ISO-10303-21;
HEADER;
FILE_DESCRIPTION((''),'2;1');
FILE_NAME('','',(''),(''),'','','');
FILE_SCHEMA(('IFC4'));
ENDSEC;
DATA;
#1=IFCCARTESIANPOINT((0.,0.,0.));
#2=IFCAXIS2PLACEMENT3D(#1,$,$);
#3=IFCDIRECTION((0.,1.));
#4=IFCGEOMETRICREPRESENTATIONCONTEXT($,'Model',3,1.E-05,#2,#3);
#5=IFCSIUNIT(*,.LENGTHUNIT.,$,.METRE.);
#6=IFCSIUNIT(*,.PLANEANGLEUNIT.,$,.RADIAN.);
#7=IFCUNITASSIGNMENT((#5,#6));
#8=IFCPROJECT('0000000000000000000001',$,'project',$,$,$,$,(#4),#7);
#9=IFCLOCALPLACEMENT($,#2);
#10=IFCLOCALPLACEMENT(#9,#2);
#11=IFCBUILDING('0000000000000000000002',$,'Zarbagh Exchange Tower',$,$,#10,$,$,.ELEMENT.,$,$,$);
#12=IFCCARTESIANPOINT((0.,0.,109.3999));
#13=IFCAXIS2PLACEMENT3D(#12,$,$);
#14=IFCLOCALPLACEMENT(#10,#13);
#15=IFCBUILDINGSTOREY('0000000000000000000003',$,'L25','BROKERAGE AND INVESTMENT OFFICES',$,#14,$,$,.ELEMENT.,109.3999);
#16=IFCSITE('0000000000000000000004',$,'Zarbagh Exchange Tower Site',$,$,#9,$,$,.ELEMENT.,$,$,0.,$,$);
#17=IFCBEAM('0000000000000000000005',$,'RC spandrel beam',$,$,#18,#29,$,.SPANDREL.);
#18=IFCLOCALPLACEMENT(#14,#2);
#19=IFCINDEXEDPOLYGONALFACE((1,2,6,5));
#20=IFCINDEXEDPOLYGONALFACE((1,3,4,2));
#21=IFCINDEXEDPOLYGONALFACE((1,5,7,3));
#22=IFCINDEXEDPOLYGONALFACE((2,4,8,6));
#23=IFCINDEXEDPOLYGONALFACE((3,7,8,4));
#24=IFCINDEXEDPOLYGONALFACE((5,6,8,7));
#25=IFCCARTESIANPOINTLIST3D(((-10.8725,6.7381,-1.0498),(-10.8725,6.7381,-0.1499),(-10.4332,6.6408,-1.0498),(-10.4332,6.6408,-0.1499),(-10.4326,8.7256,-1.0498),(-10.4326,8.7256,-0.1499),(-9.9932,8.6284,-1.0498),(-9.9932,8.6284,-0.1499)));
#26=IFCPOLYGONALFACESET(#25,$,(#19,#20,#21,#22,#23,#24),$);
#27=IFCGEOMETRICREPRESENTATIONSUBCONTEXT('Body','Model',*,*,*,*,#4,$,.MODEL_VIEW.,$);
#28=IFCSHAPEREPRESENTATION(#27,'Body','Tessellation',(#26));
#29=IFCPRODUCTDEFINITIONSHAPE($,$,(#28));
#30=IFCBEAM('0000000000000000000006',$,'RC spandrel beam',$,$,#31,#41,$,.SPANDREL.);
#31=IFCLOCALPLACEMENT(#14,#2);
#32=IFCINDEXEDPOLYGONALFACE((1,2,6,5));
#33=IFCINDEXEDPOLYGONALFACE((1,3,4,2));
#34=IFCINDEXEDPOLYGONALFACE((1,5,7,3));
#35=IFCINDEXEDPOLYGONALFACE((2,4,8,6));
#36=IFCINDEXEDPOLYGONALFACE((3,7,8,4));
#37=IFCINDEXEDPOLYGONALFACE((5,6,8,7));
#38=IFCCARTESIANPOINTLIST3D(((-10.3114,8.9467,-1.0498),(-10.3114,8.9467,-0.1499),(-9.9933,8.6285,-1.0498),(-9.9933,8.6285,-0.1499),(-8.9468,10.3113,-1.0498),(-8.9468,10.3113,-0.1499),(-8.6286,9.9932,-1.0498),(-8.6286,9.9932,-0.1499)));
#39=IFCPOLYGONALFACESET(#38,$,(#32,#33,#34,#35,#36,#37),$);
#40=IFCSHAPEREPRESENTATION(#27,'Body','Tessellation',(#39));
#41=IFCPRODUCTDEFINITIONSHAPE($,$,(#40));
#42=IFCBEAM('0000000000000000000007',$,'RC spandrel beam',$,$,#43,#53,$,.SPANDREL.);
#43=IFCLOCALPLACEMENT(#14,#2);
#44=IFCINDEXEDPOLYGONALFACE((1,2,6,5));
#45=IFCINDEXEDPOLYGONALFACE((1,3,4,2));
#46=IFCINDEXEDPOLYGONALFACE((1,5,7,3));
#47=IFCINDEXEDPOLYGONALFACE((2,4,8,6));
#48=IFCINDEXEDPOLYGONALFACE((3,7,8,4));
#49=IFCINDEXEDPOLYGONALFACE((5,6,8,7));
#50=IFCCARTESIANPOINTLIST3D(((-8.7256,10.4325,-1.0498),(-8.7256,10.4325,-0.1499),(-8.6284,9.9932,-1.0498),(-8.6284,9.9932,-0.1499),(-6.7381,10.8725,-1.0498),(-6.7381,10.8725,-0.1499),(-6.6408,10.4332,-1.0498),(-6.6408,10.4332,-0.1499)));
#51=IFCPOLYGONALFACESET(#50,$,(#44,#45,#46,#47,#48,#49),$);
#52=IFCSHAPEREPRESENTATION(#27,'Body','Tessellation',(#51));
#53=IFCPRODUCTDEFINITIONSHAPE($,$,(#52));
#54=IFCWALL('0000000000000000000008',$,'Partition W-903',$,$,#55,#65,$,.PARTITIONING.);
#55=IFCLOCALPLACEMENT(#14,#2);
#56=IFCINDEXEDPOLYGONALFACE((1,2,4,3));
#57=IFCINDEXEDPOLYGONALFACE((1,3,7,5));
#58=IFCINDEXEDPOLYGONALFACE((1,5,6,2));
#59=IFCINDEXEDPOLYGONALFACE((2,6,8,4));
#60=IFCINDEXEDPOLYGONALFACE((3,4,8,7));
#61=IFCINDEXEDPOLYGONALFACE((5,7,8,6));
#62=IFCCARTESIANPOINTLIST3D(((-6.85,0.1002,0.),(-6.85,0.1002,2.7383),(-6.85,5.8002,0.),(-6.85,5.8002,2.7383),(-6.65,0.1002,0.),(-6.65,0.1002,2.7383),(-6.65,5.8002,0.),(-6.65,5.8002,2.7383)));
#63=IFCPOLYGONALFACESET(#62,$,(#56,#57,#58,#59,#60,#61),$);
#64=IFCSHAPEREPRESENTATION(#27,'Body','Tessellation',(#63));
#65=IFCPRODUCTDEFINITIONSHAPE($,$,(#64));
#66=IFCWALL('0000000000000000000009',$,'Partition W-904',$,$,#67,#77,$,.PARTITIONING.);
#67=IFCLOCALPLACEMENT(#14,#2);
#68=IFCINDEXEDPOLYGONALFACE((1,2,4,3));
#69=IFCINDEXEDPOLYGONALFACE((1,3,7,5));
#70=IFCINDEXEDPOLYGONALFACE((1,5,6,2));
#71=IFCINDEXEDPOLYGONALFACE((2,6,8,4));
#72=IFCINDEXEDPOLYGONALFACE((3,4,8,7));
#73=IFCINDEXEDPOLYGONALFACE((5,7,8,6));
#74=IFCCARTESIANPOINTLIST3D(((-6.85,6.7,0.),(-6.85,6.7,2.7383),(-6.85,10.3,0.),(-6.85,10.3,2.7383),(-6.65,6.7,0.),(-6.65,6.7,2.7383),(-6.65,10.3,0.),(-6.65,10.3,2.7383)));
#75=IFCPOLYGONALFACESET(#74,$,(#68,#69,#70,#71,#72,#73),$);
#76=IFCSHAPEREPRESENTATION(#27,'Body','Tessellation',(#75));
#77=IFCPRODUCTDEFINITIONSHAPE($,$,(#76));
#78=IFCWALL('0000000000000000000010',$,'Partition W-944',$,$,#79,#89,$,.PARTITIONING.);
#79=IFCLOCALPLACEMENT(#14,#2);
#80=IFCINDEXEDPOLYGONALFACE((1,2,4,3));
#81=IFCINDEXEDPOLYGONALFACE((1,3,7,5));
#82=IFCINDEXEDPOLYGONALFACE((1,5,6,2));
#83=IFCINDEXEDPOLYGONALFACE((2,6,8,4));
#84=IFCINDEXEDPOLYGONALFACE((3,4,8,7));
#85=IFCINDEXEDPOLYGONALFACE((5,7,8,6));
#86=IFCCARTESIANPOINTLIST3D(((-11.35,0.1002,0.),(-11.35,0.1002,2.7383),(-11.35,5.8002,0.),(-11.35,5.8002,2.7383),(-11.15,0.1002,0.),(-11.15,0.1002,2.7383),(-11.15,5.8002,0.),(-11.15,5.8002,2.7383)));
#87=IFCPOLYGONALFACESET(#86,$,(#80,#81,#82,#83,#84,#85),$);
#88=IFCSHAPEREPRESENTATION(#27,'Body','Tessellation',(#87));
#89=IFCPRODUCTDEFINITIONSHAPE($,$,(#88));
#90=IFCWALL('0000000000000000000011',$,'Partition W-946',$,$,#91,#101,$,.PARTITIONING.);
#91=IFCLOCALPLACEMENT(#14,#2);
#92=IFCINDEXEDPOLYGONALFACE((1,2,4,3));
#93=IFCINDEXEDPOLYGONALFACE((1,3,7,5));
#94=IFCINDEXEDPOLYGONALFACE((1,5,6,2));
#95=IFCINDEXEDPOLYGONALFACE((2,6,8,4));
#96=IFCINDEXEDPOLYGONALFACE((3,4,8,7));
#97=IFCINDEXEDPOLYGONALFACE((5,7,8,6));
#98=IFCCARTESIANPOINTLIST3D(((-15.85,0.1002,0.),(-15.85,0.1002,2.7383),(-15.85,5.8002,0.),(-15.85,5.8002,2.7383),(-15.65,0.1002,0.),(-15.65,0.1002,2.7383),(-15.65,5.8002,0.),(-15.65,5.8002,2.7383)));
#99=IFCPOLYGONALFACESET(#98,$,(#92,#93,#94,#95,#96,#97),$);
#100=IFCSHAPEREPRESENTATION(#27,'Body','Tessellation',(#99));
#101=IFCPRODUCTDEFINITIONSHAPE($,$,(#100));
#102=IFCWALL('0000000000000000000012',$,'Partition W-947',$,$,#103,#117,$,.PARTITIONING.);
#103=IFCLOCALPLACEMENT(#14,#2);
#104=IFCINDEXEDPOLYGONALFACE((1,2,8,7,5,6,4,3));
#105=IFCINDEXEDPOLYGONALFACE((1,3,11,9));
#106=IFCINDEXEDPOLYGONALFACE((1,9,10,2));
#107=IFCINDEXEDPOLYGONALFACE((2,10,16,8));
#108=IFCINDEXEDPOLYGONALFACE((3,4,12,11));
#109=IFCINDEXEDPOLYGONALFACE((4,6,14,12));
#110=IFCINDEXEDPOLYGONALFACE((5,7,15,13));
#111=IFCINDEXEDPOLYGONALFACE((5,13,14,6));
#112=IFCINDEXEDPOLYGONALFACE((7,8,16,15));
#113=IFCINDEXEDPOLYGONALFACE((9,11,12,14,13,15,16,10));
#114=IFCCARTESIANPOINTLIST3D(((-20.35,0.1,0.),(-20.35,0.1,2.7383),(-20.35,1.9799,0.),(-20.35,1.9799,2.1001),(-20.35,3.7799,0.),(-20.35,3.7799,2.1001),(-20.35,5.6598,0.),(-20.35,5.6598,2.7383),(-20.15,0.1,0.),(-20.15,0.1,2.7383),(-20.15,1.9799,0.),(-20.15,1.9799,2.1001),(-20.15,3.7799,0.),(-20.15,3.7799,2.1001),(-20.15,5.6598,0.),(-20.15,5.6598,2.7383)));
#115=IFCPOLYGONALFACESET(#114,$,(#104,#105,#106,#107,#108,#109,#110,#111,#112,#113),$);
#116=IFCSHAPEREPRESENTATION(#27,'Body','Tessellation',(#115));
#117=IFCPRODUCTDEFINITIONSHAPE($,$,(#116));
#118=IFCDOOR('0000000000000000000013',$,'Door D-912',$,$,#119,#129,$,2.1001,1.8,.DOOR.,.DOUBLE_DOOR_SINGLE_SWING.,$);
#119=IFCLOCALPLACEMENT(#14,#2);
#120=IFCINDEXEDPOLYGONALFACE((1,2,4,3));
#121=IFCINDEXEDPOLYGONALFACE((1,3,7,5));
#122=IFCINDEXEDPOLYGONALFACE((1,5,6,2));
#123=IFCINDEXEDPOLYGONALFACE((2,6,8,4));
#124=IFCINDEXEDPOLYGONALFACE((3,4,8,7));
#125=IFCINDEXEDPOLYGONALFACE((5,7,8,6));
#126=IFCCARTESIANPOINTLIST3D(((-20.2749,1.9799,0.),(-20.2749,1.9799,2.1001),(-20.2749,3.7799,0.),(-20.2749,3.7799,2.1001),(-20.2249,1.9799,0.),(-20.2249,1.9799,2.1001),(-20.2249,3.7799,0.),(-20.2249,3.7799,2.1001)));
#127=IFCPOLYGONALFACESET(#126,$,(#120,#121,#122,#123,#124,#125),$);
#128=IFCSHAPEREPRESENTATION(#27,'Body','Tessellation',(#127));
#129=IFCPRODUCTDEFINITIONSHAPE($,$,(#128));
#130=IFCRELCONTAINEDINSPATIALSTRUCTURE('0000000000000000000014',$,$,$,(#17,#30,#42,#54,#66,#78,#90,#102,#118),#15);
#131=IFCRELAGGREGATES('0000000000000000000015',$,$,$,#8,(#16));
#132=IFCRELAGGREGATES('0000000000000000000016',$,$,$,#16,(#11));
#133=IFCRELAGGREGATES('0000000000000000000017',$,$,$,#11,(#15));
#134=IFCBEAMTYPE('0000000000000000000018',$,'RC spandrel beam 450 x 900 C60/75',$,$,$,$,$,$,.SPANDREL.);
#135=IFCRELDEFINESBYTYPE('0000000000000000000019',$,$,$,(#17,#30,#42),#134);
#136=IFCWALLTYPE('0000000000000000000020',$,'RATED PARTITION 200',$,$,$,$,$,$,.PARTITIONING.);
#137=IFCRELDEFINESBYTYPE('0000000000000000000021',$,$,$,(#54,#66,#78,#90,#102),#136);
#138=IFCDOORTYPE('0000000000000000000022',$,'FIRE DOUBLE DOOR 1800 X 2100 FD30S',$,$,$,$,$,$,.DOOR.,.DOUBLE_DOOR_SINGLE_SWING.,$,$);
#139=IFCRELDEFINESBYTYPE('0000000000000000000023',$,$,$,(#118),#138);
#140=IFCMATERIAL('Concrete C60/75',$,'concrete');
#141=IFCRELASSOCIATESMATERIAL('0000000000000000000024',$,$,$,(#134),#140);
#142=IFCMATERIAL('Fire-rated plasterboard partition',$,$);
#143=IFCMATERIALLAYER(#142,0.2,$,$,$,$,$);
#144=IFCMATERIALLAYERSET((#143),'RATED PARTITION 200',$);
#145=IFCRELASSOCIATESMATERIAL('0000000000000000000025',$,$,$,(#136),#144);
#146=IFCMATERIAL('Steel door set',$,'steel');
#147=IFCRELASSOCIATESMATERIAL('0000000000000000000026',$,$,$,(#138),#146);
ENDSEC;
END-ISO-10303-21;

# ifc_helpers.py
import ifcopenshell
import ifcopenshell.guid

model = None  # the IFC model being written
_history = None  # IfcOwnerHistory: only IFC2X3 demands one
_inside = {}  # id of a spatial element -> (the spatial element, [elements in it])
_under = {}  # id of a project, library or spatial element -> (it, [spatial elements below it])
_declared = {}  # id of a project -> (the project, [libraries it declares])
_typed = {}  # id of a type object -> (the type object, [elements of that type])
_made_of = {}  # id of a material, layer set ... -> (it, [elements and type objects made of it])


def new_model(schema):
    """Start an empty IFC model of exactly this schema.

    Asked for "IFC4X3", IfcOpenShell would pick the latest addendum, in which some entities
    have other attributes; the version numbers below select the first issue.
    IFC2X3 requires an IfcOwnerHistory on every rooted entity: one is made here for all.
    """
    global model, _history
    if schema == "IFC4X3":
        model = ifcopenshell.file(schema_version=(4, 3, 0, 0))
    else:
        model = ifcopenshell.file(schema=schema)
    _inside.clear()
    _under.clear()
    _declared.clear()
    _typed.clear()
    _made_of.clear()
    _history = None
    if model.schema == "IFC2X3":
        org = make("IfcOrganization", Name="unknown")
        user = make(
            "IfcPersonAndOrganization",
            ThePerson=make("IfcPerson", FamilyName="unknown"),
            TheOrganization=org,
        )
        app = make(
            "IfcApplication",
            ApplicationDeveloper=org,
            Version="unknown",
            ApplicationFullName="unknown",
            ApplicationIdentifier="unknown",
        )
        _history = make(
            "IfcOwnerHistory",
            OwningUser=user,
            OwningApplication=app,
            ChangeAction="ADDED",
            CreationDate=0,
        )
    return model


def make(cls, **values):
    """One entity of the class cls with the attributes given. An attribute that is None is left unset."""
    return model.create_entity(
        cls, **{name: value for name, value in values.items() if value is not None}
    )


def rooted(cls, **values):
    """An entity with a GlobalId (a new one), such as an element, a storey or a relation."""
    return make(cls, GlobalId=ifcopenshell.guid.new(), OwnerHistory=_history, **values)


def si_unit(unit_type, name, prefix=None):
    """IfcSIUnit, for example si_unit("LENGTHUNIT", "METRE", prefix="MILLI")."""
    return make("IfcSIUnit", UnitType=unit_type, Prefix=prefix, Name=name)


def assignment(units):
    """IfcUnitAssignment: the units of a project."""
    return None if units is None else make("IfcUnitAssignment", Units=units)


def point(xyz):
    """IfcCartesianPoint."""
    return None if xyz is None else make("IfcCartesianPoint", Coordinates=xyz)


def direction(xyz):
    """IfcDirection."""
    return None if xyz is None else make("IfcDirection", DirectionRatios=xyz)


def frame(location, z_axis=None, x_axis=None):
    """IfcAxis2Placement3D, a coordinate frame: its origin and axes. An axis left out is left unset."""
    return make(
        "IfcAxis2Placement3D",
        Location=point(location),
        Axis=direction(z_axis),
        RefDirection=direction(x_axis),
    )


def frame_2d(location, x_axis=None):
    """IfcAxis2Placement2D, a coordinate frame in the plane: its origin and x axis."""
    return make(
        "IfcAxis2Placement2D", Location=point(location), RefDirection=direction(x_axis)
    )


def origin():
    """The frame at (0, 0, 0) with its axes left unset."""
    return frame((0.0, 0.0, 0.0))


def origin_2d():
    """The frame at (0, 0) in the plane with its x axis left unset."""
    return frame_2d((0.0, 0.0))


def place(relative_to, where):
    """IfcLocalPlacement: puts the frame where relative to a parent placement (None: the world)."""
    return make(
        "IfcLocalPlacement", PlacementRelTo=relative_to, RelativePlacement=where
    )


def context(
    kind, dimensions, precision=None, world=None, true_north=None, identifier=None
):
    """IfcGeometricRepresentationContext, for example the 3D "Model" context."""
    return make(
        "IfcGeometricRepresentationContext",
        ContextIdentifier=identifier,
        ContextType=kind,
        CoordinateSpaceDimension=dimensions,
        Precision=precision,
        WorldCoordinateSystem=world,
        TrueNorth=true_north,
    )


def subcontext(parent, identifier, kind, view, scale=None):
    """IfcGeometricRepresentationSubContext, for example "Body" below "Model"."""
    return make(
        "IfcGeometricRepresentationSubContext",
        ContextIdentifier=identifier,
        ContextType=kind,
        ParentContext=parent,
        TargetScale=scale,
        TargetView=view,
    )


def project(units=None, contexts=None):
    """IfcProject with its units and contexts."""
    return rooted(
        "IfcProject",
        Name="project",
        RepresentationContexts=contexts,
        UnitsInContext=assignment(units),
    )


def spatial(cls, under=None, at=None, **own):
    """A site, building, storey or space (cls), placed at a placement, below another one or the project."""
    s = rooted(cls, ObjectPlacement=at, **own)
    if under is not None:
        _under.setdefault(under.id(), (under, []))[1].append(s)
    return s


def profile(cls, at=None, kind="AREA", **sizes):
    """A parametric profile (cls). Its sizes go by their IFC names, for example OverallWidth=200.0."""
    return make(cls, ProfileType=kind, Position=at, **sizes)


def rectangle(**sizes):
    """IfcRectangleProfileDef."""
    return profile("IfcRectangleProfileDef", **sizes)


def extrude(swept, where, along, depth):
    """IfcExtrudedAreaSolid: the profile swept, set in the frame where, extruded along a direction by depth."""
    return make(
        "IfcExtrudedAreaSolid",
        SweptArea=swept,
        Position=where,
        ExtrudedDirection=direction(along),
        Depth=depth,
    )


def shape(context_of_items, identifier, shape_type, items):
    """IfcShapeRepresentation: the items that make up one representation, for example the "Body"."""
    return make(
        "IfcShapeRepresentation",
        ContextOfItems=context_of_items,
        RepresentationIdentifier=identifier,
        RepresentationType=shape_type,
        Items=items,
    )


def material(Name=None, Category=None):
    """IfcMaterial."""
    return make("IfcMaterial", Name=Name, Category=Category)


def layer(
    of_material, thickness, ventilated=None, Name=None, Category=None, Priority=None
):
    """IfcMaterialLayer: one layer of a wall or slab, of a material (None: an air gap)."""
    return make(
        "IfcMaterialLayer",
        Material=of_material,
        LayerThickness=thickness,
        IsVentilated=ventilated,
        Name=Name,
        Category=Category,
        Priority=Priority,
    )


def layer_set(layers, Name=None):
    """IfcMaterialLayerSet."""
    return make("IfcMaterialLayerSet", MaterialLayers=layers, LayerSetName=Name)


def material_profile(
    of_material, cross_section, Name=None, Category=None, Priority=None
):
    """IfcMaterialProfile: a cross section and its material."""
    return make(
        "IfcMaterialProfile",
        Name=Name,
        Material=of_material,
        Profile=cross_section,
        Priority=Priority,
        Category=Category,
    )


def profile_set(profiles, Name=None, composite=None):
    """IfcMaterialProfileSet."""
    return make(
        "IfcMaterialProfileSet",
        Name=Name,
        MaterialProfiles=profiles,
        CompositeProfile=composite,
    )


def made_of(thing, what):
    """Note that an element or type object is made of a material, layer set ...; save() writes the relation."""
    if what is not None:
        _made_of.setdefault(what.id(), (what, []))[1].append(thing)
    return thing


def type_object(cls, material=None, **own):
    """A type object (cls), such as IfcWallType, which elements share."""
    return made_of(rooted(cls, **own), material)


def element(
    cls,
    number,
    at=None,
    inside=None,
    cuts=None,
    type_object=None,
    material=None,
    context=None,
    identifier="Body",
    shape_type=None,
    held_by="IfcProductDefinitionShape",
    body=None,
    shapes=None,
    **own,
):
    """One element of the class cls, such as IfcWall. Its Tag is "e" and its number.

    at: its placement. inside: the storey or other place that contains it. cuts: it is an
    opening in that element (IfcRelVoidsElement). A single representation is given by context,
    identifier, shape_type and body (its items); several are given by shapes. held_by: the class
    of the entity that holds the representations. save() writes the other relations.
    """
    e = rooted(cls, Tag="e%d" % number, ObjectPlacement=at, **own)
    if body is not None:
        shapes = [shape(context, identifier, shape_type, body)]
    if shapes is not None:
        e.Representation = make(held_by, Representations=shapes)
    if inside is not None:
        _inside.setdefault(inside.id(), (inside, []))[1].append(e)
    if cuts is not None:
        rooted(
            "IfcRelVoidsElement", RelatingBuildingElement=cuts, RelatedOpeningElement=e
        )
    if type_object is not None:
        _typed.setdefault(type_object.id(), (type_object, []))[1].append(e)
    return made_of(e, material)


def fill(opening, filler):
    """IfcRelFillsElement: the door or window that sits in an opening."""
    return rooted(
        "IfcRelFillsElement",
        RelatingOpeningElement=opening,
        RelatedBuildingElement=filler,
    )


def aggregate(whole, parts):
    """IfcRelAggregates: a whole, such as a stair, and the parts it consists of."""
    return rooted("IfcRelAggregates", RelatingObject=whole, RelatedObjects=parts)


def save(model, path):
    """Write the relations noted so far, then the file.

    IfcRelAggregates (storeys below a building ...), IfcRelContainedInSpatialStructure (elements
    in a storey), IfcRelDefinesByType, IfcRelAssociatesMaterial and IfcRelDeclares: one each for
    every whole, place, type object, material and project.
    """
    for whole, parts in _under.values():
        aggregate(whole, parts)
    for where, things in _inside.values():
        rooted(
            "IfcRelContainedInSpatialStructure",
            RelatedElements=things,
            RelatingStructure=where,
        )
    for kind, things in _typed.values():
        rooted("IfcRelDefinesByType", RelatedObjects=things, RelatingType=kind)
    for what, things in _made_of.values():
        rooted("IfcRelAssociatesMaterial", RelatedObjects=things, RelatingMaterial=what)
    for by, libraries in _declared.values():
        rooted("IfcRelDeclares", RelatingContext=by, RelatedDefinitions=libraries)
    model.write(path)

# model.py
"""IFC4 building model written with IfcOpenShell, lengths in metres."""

from ifc_helpers import new_model, si_unit, direction, frame, frame_2d, origin, origin_2d, place, context, subcontext, project, spatial, rectangle, extrude, material, layer, layer_set, material_profile, profile_set, type_object, element, fill, save


model = new_model("IFC4")

# Units and contexts
model_context = context("Model", 3, precision=1e-05, world=origin(), true_north=direction((0.0, 1.0)))
body_context = subcontext(model_context, "Body", "Model", "MODEL_VIEW")
ifc_project = project(units=[si_unit("LENGTHUNIT", "METRE"), si_unit("PLANEANGLEUNIT", "RADIAN")], contexts=[model_context])

# Site, building, storey
site_placement = place(None, origin())
site = spatial("IfcSite", under=ifc_project, at=site_placement, Name="Zarbagh Exchange Tower Site", CompositionType="ELEMENT", RefElevation=0.0)
building_placement = place(site_placement, origin())
building = spatial("IfcBuilding", under=site, at=building_placement, Name="Zarbagh Exchange Tower", CompositionType="ELEMENT")
storey_placement = place(building_placement, frame((0.0, 0.0, 109.3999)))
storey = spatial("IfcBuildingStorey", under=building, at=storey_placement, Name="L25", Description="BROKERAGE AND INVESTMENT OFFICES", CompositionType="ELEMENT", Elevation=109.3999)

# Shared definitions
ifc_material_1 = material(Name="Concrete C60/75", Category="concrete")

# Beams
ifc_material_profile_1 = material_profile(ifc_material_1, rectangle(XDim=0.45, YDim=0.8999, at=origin_2d()), Name="RC spandrel beam 450 x 900 C60/75")
ifc_profile_set_1 = profile_set([ifc_material_profile_1], Name="Concrete C60/75")
beam_type_1 = type_object("IfcBeamType", Name="RC spandrel beam 450 x 900 C60/75", PredefinedType="SPANDREL", material=ifc_profile_set_1)
beam_1_placement = place(storey_placement, frame((-10.6528, 6.6895, -0.5999), z_axis=(0.216118, 0.976367, 0.0), x_axis=(-0.976367, 0.216118, 0.0)))
element("IfcBeam", 1, at=beam_1_placement, inside=storey, type_object=beam_type_1, Name="RC spandrel beam", PredefinedType="SPANDREL", context=body_context, shape_type="SweptSolid", body=[
    extrude(rectangle(XDim=0.45, YDim=0.8999, at=origin_2d()), origin(), (0.0, 0.0, 1.0), 2.0356),
])
beam_2_placement = place(storey_placement, frame((-10.1523, 8.7876, -0.5999), z_axis=(0.707107, 0.707107, 0.0), x_axis=(-0.707107, 0.707107, 0.0)))
element("IfcBeam", 2, at=beam_2_placement, inside=storey, type_object=beam_type_1, Name="RC spandrel beam", PredefinedType="SPANDREL", context=body_context, shape_type="SweptSolid", body=[
    extrude(rectangle(XDim=0.45, YDim=0.8999, at=origin_2d()), origin(), (0.0, 0.0, 1.0), 1.9299),
])
beam_3_placement = place(storey_placement, frame((-8.677, 10.2129, -0.5999), z_axis=(0.976367, 0.216118, 0.0), x_axis=(-0.216118, 0.976367, 0.0)))
element("IfcBeam", 3, at=beam_3_placement, inside=storey, type_object=beam_type_1, Name="RC spandrel beam", PredefinedType="SPANDREL", context=body_context, shape_type="SweptSolid", body=[
    extrude(rectangle(XDim=0.45, YDim=0.8999, at=origin_2d()), origin(), (0.0, 0.0, 1.0), 2.0356),
])

# Walls
ifc_material_2 = material(Name="Fire-rated plasterboard partition")
ifc_layer = layer(ifc_material_2, 0.2)
ifc_layer_set = layer_set([ifc_layer], Name="RATED PARTITION 200")
wall_type = type_object("IfcWallType", Name="RATED PARTITION 200", PredefinedType="PARTITIONING", material=ifc_layer_set)
wall_1_placement = place(storey_placement, frame((-6.75, 0.1001, 0.0), z_axis=(0.0, 0.0, 1.0), x_axis=(0.0, 1.0, 0.0)))
element("IfcWall", 4, at=wall_1_placement, inside=storey, type_object=wall_type, Name="Partition W-903", PredefinedType="PARTITIONING", context=body_context, shape_type="SweptSolid", body=[
    extrude(rectangle(XDim=5.7, YDim=0.2, at=frame_2d((2.8501, 0.0))), origin(), (0.0, 0.0, 1.0), 2.7383),
])
wall_2_placement = place(storey_placement, frame((-6.75, 6.7, 0.0), z_axis=(0.0, 0.0, 1.0), x_axis=(0.0, 1.0, 0.0)))
element("IfcWall", 5, at=wall_2_placement, inside=storey, type_object=wall_type, Name="Partition W-904", PredefinedType="PARTITIONING", context=body_context, shape_type="SweptSolid", body=[
    extrude(rectangle(XDim=3.6001, YDim=0.2, at=frame_2d((1.8, 0.0))), origin(), (0.0, 0.0, 1.0), 2.7383),
])
for number, where, z_axis, x_axis, name in (
    (6, (-11.25, 0.1001, 0.0), (0.0, 0.0, 1.0), (0.0, 1.0, 0.0), "Partition W-944"),
    (7, (-15.75, 0.1001, 0.0), (0.0, 0.0, 1.0), (0.0, 1.0, 0.0), "Partition W-946"),
):
    element("IfcWall", number, at=place(storey_placement, frame(where, z_axis=z_axis, x_axis=x_axis)), inside=storey, type_object=wall_type, Name=name, PredefinedType="PARTITIONING", context=body_context, shape_type="SweptSolid", body=[
        extrude(rectangle(XDim=5.7, YDim=0.2, at=frame_2d((2.8501, 0.0))), origin(), (0.0, 0.0, 1.0), 2.7383),
    ])

# Wall, opening, door
wall_3_placement = place(storey_placement, frame((-20.25, 0.1001, 0.0), z_axis=(0.0, 0.0, 1.0), x_axis=(0.0, 1.0, 0.0)))
wall_3 = element("IfcWall", 8, at=wall_3_placement, inside=storey, type_object=wall_type, Name="Partition W-947", PredefinedType="PARTITIONING", context=body_context, shape_type="SweptSolid", body=[
    extrude(rectangle(XDim=5.5598, YDim=0.2, at=frame_2d((2.7798, 0.0))), origin(), (0.0, 0.0, 1.0), 2.7383),
])
opening_placement = place(wall_3_placement, frame((1.8799, 0.0, 0.0)))
opening = element("IfcOpeningElement", 9, at=opening_placement, cuts=wall_3, PredefinedType="OPENING", context=body_context, shape_type="SweptSolid", body=[
    extrude(rectangle(XDim=1.8, YDim=2.1001, at=frame_2d((0.8999, 1.05))), frame((0.0, 0.1099, 0.0), z_axis=(0.0, -1.0, 0.0), x_axis=(1.0, 0.0, 0.0)), (0.0, 0.0, 1.0), 0.22),
])
ifc_material_3 = material(Name="Steel door set", Category="steel")
door_type = type_object("IfcDoorType", Name="FIRE DOUBLE DOOR 1800 X 2100 FD30S", OperationType="DOUBLE_DOOR_SINGLE_SWING", PredefinedType="DOOR", material=ifc_material_3)
door_placement = place(opening_placement, origin())
door = element("IfcDoor", 10, at=door_placement, inside=storey, type_object=door_type, Name="Door D-912", OperationType="DOUBLE_DOOR_SINGLE_SWING", OverallHeight=2.1001, OverallWidth=1.8, PredefinedType="DOOR", context=body_context, shape_type="SweptSolid", body=[
    extrude(rectangle(XDim=1.8, YDim=2.1001, at=frame_2d((0.8999, 1.05))), frame((0.0, 0.0249, 0.0), z_axis=(0.0, -1.0, 0.0), x_axis=(1.0, 0.0, 0.0)), (0.0, 0.0, 1.0), 0.05),
])
fill(opening, door)

save(model, "model.ifc")
